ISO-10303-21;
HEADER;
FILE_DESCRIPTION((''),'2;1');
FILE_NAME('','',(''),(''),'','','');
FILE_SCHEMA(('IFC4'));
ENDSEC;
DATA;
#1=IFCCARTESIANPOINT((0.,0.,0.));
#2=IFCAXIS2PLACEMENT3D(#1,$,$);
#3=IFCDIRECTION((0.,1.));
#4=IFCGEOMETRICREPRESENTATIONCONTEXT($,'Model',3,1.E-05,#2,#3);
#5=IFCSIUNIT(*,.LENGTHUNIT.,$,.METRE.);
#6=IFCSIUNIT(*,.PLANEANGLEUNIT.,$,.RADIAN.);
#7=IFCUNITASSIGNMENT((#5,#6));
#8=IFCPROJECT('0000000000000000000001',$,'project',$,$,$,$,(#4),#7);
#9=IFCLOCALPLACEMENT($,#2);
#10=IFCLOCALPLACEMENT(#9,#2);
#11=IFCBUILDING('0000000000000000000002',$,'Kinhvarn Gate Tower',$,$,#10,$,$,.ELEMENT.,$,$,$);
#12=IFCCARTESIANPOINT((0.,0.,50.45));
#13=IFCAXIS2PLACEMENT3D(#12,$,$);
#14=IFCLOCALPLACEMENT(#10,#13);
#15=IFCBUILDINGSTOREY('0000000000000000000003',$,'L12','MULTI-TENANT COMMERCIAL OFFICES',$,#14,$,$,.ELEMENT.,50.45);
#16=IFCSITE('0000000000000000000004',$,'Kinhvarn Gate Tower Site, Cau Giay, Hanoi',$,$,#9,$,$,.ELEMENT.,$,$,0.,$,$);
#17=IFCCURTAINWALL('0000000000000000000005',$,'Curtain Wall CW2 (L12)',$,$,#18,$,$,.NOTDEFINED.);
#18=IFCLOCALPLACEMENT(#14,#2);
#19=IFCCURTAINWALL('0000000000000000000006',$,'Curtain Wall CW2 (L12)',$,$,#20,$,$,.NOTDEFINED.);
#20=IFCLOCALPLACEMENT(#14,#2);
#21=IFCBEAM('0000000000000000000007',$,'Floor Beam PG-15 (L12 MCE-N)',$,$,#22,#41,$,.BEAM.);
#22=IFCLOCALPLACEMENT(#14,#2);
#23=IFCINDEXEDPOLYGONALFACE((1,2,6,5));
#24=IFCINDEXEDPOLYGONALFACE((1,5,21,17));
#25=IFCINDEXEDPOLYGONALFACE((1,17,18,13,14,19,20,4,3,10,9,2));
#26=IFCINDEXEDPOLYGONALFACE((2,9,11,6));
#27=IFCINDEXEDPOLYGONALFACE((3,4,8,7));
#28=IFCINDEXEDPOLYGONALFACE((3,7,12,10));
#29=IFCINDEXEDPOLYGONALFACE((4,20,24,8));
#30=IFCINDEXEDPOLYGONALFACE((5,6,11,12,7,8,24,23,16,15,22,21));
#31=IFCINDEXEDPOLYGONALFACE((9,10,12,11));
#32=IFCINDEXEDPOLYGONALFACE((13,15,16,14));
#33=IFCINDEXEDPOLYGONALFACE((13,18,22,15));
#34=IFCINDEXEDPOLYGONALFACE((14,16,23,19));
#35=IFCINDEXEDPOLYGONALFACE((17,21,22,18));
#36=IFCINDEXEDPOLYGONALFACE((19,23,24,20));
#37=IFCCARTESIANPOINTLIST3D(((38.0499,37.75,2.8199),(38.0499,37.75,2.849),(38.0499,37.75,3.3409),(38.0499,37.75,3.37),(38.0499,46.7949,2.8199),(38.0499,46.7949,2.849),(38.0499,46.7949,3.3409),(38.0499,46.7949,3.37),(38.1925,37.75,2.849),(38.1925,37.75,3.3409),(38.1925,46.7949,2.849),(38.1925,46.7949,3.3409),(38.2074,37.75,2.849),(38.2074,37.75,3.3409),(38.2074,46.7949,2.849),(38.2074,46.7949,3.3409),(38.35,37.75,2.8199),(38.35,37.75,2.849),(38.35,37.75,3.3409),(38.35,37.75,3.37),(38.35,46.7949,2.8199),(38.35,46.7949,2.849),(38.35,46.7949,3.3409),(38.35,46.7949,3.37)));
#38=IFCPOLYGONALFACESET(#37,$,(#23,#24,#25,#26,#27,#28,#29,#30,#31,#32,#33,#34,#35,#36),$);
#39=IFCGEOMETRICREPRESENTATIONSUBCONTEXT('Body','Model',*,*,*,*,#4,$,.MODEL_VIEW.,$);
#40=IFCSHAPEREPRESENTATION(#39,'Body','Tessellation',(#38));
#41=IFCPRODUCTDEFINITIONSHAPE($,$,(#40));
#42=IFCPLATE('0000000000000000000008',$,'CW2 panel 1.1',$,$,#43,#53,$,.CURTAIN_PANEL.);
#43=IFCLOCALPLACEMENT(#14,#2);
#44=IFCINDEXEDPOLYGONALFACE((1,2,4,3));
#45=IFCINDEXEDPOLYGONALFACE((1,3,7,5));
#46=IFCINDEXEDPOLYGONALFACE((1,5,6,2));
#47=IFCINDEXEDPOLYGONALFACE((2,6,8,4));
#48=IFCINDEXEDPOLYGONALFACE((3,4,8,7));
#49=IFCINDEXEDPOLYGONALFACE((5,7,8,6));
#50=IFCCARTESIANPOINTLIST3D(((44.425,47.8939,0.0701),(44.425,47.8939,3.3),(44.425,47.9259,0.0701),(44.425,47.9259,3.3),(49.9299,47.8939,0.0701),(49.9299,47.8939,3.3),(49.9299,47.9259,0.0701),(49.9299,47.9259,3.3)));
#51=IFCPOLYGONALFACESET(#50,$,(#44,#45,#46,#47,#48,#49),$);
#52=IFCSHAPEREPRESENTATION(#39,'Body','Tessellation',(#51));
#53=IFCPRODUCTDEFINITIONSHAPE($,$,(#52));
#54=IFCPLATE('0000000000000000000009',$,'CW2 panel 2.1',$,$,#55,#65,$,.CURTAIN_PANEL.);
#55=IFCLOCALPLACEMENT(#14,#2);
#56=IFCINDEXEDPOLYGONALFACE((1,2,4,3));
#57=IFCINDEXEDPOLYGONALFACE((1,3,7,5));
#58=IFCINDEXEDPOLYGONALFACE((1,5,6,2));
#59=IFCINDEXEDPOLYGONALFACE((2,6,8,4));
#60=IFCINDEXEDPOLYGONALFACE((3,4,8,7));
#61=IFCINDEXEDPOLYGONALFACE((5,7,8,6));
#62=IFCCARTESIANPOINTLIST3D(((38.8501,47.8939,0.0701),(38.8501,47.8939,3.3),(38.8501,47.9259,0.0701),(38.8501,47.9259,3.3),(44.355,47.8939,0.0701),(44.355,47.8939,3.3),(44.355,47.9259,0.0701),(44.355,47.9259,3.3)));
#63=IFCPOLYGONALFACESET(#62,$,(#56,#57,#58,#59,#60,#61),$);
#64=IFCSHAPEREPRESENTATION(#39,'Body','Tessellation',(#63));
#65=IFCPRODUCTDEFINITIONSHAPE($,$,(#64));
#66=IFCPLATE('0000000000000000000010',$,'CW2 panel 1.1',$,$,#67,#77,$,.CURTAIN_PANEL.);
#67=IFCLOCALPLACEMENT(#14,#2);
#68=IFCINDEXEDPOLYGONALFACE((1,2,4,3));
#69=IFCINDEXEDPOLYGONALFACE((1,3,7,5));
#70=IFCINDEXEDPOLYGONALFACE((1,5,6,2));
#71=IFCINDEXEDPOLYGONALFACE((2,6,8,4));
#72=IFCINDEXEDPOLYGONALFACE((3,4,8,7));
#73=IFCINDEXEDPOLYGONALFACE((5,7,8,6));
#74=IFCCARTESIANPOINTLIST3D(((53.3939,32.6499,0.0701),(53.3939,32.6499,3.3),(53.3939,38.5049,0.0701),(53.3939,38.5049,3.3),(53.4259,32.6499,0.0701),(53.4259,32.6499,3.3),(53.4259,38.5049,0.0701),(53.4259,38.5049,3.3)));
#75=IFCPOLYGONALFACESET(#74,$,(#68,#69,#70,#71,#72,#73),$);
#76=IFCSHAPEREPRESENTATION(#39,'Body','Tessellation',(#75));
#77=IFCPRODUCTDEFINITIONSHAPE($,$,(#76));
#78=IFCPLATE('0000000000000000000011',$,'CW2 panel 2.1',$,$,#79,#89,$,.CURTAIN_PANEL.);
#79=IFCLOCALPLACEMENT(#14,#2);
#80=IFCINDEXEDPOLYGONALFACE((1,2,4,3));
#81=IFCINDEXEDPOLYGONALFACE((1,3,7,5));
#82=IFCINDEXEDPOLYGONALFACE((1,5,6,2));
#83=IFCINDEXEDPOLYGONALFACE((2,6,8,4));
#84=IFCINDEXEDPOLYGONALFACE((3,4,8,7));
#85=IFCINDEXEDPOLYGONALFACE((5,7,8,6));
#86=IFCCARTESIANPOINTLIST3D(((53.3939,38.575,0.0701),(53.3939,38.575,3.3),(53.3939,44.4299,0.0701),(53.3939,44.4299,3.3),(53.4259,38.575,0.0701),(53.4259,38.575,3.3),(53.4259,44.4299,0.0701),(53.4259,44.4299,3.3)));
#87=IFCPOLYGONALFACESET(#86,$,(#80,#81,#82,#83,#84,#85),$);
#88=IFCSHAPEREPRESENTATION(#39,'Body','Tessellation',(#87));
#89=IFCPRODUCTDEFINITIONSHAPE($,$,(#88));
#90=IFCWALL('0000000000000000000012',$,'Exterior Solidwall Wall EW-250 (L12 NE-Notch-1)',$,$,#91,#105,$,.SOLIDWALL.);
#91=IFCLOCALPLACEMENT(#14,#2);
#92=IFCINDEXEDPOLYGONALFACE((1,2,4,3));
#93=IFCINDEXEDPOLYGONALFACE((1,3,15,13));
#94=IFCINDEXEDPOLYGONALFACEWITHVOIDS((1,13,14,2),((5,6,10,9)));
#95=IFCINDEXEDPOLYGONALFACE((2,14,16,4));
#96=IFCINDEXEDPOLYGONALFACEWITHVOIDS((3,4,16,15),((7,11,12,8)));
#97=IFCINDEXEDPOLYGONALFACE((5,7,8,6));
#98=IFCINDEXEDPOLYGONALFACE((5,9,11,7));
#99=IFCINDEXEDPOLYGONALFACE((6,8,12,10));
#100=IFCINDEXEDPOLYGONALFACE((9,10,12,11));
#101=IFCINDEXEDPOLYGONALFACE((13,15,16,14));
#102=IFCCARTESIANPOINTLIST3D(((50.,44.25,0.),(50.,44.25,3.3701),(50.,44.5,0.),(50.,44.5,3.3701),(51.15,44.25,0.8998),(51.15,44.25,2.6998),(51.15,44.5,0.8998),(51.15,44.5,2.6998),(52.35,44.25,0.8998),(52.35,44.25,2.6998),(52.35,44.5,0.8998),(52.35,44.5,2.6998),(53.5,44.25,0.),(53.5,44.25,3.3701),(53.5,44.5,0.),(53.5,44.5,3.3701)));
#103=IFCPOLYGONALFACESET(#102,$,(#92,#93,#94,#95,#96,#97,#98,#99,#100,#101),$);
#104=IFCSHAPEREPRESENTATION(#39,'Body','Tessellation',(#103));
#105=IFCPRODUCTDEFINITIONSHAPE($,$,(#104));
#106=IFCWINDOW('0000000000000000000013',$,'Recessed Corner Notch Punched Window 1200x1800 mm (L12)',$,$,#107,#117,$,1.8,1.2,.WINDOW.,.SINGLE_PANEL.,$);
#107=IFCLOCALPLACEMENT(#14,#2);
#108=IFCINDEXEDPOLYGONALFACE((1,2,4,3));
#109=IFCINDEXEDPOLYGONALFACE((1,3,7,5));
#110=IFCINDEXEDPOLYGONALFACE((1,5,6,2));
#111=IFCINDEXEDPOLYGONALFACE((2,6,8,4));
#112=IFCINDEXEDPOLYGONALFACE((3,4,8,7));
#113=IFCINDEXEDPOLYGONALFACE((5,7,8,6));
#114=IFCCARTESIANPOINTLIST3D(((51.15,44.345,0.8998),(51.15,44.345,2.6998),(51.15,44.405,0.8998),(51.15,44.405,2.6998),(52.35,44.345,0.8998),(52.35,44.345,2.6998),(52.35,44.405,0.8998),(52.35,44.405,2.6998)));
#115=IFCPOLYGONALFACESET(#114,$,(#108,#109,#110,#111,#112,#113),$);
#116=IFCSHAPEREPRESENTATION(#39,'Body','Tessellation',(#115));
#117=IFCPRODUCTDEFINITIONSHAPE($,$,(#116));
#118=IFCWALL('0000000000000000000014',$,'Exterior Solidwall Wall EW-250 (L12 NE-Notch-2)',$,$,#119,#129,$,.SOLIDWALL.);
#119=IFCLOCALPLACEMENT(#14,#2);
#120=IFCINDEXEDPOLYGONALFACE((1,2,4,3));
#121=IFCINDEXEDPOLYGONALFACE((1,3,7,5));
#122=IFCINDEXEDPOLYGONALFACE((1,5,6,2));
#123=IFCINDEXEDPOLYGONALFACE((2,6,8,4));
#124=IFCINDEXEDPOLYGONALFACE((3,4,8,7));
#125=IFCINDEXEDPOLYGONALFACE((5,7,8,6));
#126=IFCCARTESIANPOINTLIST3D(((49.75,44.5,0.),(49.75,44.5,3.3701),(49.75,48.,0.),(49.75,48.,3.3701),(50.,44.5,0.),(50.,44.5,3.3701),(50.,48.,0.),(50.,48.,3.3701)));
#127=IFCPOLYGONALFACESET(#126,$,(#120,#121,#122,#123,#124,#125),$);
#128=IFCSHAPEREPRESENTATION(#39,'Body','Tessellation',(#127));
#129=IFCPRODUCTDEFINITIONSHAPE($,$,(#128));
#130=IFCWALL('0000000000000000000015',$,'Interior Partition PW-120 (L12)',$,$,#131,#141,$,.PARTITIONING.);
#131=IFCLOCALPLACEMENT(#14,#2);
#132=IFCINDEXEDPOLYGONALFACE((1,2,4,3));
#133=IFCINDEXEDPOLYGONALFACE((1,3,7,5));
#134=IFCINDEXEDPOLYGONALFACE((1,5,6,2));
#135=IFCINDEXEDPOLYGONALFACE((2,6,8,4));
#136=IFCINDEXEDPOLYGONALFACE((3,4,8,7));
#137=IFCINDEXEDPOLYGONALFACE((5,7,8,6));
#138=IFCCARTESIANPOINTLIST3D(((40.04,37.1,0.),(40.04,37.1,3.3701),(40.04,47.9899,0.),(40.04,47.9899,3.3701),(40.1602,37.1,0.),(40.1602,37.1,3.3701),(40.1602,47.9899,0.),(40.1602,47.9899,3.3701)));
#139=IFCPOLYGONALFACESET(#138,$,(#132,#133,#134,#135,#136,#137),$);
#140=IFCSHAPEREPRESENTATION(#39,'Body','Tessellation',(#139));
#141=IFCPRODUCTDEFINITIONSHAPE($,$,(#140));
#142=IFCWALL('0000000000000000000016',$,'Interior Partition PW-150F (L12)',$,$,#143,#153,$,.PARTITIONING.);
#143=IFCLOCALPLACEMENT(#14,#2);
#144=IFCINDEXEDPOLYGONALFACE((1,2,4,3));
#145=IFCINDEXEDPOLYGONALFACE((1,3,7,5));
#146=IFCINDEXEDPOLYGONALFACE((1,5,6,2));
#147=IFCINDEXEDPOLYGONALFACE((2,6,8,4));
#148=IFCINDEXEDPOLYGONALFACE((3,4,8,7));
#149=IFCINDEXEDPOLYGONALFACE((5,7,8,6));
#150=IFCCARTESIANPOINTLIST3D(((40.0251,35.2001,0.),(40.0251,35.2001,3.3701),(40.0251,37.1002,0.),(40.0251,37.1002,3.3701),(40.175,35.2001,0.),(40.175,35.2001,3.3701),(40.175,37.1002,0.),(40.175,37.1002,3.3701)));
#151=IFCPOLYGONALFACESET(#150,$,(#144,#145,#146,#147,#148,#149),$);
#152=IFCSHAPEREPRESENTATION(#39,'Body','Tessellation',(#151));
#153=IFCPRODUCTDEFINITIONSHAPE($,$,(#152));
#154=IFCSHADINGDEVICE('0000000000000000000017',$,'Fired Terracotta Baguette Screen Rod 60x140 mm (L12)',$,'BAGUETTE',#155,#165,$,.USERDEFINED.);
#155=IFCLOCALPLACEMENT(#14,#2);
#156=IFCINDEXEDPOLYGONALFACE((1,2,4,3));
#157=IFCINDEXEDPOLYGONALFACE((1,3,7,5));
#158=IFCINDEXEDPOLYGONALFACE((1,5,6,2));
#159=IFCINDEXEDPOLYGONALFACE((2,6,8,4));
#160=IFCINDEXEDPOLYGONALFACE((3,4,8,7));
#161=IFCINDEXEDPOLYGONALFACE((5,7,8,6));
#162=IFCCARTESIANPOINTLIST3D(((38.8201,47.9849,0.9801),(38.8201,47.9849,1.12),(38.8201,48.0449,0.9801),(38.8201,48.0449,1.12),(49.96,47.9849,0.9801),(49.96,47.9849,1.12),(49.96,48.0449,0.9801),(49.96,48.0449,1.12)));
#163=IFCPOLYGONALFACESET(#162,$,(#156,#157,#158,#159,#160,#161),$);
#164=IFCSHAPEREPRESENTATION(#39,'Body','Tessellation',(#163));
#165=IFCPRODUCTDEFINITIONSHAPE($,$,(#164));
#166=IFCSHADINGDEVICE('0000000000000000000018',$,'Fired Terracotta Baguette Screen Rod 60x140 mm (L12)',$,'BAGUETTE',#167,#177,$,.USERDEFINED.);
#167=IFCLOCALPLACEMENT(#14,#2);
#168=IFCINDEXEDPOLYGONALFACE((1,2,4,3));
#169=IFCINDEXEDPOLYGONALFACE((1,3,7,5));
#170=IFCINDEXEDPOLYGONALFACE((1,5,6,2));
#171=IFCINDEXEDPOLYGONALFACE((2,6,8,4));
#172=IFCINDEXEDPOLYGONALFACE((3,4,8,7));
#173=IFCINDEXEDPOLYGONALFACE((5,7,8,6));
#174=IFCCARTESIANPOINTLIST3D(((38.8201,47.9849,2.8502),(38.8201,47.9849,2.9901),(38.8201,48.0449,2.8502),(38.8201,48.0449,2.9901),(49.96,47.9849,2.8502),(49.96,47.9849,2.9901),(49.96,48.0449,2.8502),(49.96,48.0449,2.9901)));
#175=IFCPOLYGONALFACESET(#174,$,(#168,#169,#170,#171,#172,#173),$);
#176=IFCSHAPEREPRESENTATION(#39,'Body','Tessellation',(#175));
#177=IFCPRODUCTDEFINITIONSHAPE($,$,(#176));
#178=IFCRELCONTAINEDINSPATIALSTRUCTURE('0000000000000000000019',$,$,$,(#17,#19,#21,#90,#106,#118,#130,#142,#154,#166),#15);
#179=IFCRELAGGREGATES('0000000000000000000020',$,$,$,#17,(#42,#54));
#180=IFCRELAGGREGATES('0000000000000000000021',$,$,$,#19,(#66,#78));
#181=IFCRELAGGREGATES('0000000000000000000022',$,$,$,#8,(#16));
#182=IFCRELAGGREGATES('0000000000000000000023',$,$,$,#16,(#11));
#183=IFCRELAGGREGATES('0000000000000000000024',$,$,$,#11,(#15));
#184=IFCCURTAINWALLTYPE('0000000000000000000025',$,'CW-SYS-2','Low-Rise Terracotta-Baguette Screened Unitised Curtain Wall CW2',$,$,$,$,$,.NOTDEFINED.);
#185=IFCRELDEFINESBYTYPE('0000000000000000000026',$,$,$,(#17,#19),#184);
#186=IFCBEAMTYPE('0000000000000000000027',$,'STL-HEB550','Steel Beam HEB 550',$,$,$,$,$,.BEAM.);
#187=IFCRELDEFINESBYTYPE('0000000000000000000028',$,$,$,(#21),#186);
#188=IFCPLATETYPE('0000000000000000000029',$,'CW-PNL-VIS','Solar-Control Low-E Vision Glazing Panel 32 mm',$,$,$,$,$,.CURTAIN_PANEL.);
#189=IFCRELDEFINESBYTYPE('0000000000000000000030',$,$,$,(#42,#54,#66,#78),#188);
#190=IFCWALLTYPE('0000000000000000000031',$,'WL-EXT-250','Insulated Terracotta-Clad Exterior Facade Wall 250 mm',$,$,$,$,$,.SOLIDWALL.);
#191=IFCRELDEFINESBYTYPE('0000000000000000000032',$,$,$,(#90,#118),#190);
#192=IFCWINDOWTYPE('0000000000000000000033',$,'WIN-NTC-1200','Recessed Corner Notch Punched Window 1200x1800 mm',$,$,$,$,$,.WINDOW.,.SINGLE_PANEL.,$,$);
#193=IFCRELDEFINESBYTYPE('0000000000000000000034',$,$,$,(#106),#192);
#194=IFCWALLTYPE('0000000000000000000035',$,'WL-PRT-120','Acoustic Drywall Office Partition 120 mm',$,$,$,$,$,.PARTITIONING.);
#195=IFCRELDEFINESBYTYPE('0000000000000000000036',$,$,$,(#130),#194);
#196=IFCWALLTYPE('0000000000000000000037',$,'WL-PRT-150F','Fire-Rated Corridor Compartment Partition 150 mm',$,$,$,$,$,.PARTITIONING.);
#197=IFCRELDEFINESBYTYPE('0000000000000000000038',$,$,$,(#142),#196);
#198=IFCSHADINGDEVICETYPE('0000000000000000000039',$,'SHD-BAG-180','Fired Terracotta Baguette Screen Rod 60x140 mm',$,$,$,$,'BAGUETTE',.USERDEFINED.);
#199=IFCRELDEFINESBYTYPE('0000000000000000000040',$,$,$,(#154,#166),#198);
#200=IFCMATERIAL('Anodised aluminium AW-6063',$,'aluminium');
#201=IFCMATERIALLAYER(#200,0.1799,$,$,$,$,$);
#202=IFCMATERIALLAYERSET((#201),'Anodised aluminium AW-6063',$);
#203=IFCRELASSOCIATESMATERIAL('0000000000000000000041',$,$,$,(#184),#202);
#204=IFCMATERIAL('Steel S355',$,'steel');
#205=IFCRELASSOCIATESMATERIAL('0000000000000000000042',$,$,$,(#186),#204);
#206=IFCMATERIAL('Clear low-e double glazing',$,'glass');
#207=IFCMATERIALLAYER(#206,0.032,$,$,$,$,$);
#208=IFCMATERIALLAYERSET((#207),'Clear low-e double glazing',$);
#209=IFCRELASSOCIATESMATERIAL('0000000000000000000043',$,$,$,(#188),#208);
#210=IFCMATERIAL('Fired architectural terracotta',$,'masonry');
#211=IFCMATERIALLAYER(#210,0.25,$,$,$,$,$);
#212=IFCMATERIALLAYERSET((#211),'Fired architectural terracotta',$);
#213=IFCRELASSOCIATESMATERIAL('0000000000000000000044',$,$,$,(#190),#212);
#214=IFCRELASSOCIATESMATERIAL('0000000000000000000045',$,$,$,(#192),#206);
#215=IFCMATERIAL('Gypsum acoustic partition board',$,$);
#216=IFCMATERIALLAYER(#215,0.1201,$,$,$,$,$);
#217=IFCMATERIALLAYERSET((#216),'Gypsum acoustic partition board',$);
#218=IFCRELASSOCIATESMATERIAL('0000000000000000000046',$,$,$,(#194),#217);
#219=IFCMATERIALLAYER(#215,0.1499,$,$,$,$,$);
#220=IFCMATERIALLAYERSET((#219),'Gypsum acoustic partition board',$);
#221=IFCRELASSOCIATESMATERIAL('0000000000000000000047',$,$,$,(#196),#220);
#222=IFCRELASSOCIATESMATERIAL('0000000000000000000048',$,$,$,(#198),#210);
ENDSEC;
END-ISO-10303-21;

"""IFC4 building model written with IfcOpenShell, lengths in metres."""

from ifc_helpers import new_model, si_unit, direction, frame, frame_2d, origin, origin_2d, place, context, subcontext, project, spatial, rectangle, i_section, extrude, material, layer, layer_set, material_profile, profile_set, type_object, element, fill, aggregate, save


model = new_model("IFC4")

# Units and contexts
model_context = context("Model", 3, precision=1e-05, world=origin(), true_north=direction((0.0, 1.0)))
body_context = subcontext(model_context, "Body", "Model", "MODEL_VIEW")
ifc_project = project(units=[si_unit("LENGTHUNIT", "METRE"), si_unit("PLANEANGLEUNIT", "RADIAN")], contexts=[model_context])

# Site, building, storey
site_placement = place(None, origin())
site = spatial("IfcSite", under=ifc_project, at=site_placement, Name="Kinhvarn Gate Tower Site, Cau Giay, Hanoi", CompositionType="ELEMENT", RefElevation=0.0)
building_placement = place(site_placement, origin())
building = spatial("IfcBuilding", under=site, at=building_placement, Name="Kinhvarn Gate Tower", CompositionType="ELEMENT")
storey_placement = place(building_placement, frame((0.0, 0.0, 50.45)))
storey = spatial("IfcBuildingStorey", under=building, at=storey_placement, Name="L12", Description="MULTI-TENANT COMMERCIAL OFFICES", CompositionType="ELEMENT", Elevation=50.45)

# Curtain walls
ifc_material_1 = material(Name="Anodised aluminium AW-6063", Category="aluminium")
ifc_layer_1 = layer(ifc_material_1, 0.1799)
ifc_layer_set_1 = layer_set([ifc_layer_1], Name="Anodised aluminium AW-6063")
curtain_wall_type = type_object("IfcCurtainWallType", Name="CW-SYS-2", Description="Low-Rise Terracotta-Baguette Screened Unitised Curtain Wall CW2", PredefinedType="NOTDEFINED", material=ifc_layer_set_1)
curtain_wall_1_placement = place(storey_placement, origin())
curtain_wall_1 = element("IfcCurtainWall", 1, at=curtain_wall_1_placement, inside=storey, type_object=curtain_wall_type, Name="Curtain Wall CW2 (L12)", PredefinedType="NOTDEFINED")
curtain_wall_2_placement = place(storey_placement, origin())
curtain_wall_2 = element("IfcCurtainWall", 2, at=curtain_wall_2_placement, inside=storey, type_object=curtain_wall_type, Name="Curtain Wall CW2 (L12)", PredefinedType="NOTDEFINED")

# Beam
ifc_material_2 = material(Name="Steel S355", Category="steel")
ifc_material_profile_1 = material_profile(ifc_material_2, i_section(OverallWidth=0.3, OverallDepth=0.55, WebThickness=0.0149, FlangeThickness=0.0291, at=origin_2d()), Name="HEB 550")
ifc_profile_set_1 = profile_set([ifc_material_profile_1], Name="Steel S355")
beam_type = type_object("IfcBeamType", Name="STL-HEB550", Description="Steel Beam HEB 550", PredefinedType="BEAM", material=ifc_profile_set_1)
beam_placement = place(storey_placement, frame((38.2, 37.75, 3.095), z_axis=(0.0, 1.0, 0.0), x_axis=(-1.0, 0.0, 0.0)))
element("IfcBeam", 3, at=beam_placement, inside=storey, type_object=beam_type, Name="Floor Beam PG-15 (L12 MCE-N)", PredefinedType="BEAM", context=body_context, shape_type="SweptSolid", body=[
    extrude(i_section(OverallWidth=0.3, OverallDepth=0.55, WebThickness=0.0149, FlangeThickness=0.0291, at=origin_2d()), origin(), (0.0, 0.0, 1.0), 9.0449),
])

# Plates
ifc_material_3 = material(Name="Clear low-e double glazing", Category="glass")
ifc_layer_2 = layer(ifc_material_3, 0.032)
ifc_layer_set_2 = layer_set([ifc_layer_2], Name="Clear low-e double glazing")
plate_type = type_object("IfcPlateType", Name="CW-PNL-VIS", Description="Solar-Control Low-E Vision Glazing Panel 32 mm", PredefinedType="CURTAIN_PANEL", material=ifc_layer_set_2)
plate_1_placement = place(storey_placement, frame((47.1775, 47.9099, 0.0701), z_axis=(0.0, 0.0, 1.0), x_axis=(-1.0, 0.0, 0.0)))
plate_1 = element("IfcPlate", 4, at=plate_1_placement, type_object=plate_type, Name="CW2 panel 1.1", PredefinedType="CURTAIN_PANEL", context=body_context, shape_type="SweptSolid", body=[
    extrude(rectangle(XDim=5.5049, YDim=0.032, at=origin_2d()), origin(), (0.0, 0.0, 1.0), 3.23),
])
plate_2_placement = place(storey_placement, frame((41.6025, 47.9099, 0.0701), z_axis=(0.0, 0.0, 1.0), x_axis=(-1.0, 0.0, 0.0)))
plate_2 = element("IfcPlate", 5, at=plate_2_placement, type_object=plate_type, Name="CW2 panel 2.1", PredefinedType="CURTAIN_PANEL", context=body_context, shape_type="SweptSolid", body=[
    extrude(rectangle(XDim=5.5049, YDim=0.032, at=origin_2d()), origin(), (0.0, 0.0, 1.0), 3.23),
])
aggregate(curtain_wall_1, [plate_1, plate_2])
plate_3_placement = place(storey_placement, frame((53.4099, 35.5774, 0.0701), z_axis=(0.0, 0.0, 1.0), x_axis=(0.0, 1.0, 0.0)))
plate_3 = element("IfcPlate", 6, at=plate_3_placement, type_object=plate_type, Name="CW2 panel 1.1", PredefinedType="CURTAIN_PANEL", context=body_context, shape_type="SweptSolid", body=[
    extrude(rectangle(XDim=5.855, YDim=0.032, at=origin_2d()), origin(), (0.0, 0.0, 1.0), 3.23),
])
plate_4_placement = place(storey_placement, frame((53.4099, 41.5024, 0.0701), z_axis=(0.0, 0.0, 1.0), x_axis=(0.0, 1.0, 0.0)))
plate_4 = element("IfcPlate", 7, at=plate_4_placement, type_object=plate_type, Name="CW2 panel 2.1", PredefinedType="CURTAIN_PANEL", context=body_context, shape_type="SweptSolid", body=[
    extrude(rectangle(XDim=5.855, YDim=0.032, at=origin_2d()), origin(), (0.0, 0.0, 1.0), 3.23),
])
aggregate(curtain_wall_2, [plate_3, plate_4])

# Wall, opening, window
ifc_material_4 = material(Name="Fired architectural terracotta", Category="masonry")
ifc_layer_3 = layer(ifc_material_4, 0.25)
ifc_layer_set_3 = layer_set([ifc_layer_3], Name="Fired architectural terracotta")
wall_type_1 = type_object("IfcWallType", Name="WL-EXT-250", Description="Insulated Terracotta-Clad Exterior Facade Wall 250 mm", PredefinedType="SOLIDWALL", material=ifc_layer_set_3)
wall_1_placement = place(storey_placement, frame((53.5, 44.375, 0.0), z_axis=(0.0, 0.0, 1.0), x_axis=(-1.0, 0.0, 0.0)))
wall_1 = element("IfcWall", 8, at=wall_1_placement, inside=storey, type_object=wall_type_1, Name="Exterior Solidwall Wall EW-250 (L12 NE-Notch-1)", PredefinedType="SOLIDWALL", context=body_context, shape_type="SweptSolid", body=[
    extrude(rectangle(XDim=3.5, YDim=0.25, at=frame_2d((1.75, 0.0))), origin(), (0.0, 0.0, 1.0), 3.3701),
])
opening_placement = place(wall_1_placement, frame((1.1499, 0.0, 0.8999)))
opening = element("IfcOpeningElement", 9, at=opening_placement, cuts=wall_1, PredefinedType="OPENING", context=body_context, shape_type="SweptSolid", body=[
    extrude(rectangle(XDim=1.2, YDim=1.8, at=frame_2d((0.6001, 0.8999))), frame((0.0, 0.135, 0.0), z_axis=(0.0, -1.0, 0.0), x_axis=(1.0, 0.0, 0.0)), (0.0, 0.0, 1.0), 0.27),
])
window_type = type_object("IfcWindowType", Name="WIN-NTC-1200", Description="Recessed Corner Notch Punched Window 1200x1800 mm", PartitioningType="SINGLE_PANEL", PredefinedType="WINDOW", material=ifc_material_3)
window_placement = place(opening_placement, origin())
window = element("IfcWindow", 10, at=window_placement, inside=storey, type_object=window_type, Name="Recessed Corner Notch Punched Window 1200x1800 mm (L12)", OverallHeight=1.8, OverallWidth=1.2, PartitioningType="SINGLE_PANEL", PredefinedType="WINDOW", context=body_context, shape_type="SweptSolid", body=[
    extrude(rectangle(XDim=1.2, YDim=1.8, at=frame_2d((0.6001, 0.8999))), frame((0.0, 0.03, 0.0), z_axis=(0.0, -1.0, 0.0), x_axis=(1.0, 0.0, 0.0)), (0.0, 0.0, 1.0), 0.0601),
])
fill(opening, window)

# Walls
wall_2_placement = place(storey_placement, frame((49.875, 44.5, 0.0), z_axis=(0.0, 0.0, 1.0), x_axis=(0.0, 1.0, 0.0)))
element("IfcWall", 11, at=wall_2_placement, inside=storey, type_object=wall_type_1, Name="Exterior Solidwall Wall EW-250 (L12 NE-Notch-2)", PredefinedType="SOLIDWALL", context=body_context, shape_type="SweptSolid", body=[
    extrude(rectangle(XDim=3.5, YDim=0.25, at=frame_2d((1.75, 0.0))), origin(), (0.0, 0.0, 1.0), 3.3701),
])
ifc_material_5 = material(Name="Gypsum acoustic partition board")
ifc_layer_4 = layer(ifc_material_5, 0.1201)
ifc_layer_set_4 = layer_set([ifc_layer_4], Name="Gypsum acoustic partition board")
wall_type_2 = type_object("IfcWallType", Name="WL-PRT-120", Description="Acoustic Drywall Office Partition 120 mm", PredefinedType="PARTITIONING", material=ifc_layer_set_4)
wall_3_placement = place(storey_placement, frame((40.1001, 37.1001, 0.0), z_axis=(0.0, 0.0, 1.0), x_axis=(0.0, 1.0, 0.0)))
element("IfcWall", 12, at=wall_3_placement, inside=storey, type_object=wall_type_2, Name="Interior Partition PW-120 (L12)", PredefinedType="PARTITIONING", context=body_context, shape_type="SweptSolid", body=[
    extrude(rectangle(XDim=10.8899, YDim=0.1201, at=frame_2d((5.4448, 0.0))), origin(), (0.0, 0.0, 1.0), 3.3701),
])
ifc_layer_5 = layer(ifc_material_5, 0.1499)
ifc_layer_set_5 = layer_set([ifc_layer_5], Name="Gypsum acoustic partition board")
wall_type_3 = type_object("IfcWallType", Name="WL-PRT-150F", Description="Fire-Rated Corridor Compartment Partition 150 mm", PredefinedType="PARTITIONING", material=ifc_layer_set_5)
wall_4_placement = place(storey_placement, frame((40.1001, 35.2, 0.0), z_axis=(0.0, 0.0, 1.0), x_axis=(0.0, 1.0, 0.0)))
element("IfcWall", 13, at=wall_4_placement, inside=storey, type_object=wall_type_3, Name="Interior Partition PW-150F (L12)", PredefinedType="PARTITIONING", context=body_context, shape_type="SweptSolid", body=[
    extrude(rectangle(XDim=1.9001, YDim=0.1499, at=frame_2d((0.9502, 0.0))), origin(), (0.0, 0.0, 1.0), 3.3701),
])

# Shading devices
ifc_material_profile_2 = material_profile(ifc_material_4, rectangle(XDim=0.0601, YDim=0.1399, at=origin_2d()), Name="TC 60x140")
ifc_profile_set_2 = profile_set([ifc_material_profile_2], Name="Fired architectural terracotta")
shading_device_type = type_object("IfcShadingDeviceType", Name="SHD-BAG-180", Description="Fired Terracotta Baguette Screen Rod 60x140 mm", ElementType="BAGUETTE", PredefinedType="USERDEFINED", material=ifc_profile_set_2)
for number, where, z_axis, x_axis, name in (
    (14, (49.96, 48.0149, 1.05), (-1.0, 0.0, 0.0), (0.0, -1.0, 0.0), "Fired Terracotta Baguette Screen Rod 60x140 mm (L12)"),
    (15, (49.96, 48.0149, 2.9202), (-1.0, 0.0, 0.0), (0.0, -1.0, 0.0), "Fired Terracotta Baguette Screen Rod 60x140 mm (L12)"),
):
    element("IfcShadingDevice", number, at=place(storey_placement, frame(where, z_axis=z_axis, x_axis=x_axis)), inside=storey, type_object=shading_device_type, Name=name, ObjectType="BAGUETTE", PredefinedType="USERDEFINED", context=body_context, shape_type="SweptSolid", body=[
        extrude(rectangle(XDim=0.0601, YDim=0.1399, at=origin_2d()), origin(), (0.0, 0.0, 1.0), 11.1399),
    ])

save(model, "model.ifc")
